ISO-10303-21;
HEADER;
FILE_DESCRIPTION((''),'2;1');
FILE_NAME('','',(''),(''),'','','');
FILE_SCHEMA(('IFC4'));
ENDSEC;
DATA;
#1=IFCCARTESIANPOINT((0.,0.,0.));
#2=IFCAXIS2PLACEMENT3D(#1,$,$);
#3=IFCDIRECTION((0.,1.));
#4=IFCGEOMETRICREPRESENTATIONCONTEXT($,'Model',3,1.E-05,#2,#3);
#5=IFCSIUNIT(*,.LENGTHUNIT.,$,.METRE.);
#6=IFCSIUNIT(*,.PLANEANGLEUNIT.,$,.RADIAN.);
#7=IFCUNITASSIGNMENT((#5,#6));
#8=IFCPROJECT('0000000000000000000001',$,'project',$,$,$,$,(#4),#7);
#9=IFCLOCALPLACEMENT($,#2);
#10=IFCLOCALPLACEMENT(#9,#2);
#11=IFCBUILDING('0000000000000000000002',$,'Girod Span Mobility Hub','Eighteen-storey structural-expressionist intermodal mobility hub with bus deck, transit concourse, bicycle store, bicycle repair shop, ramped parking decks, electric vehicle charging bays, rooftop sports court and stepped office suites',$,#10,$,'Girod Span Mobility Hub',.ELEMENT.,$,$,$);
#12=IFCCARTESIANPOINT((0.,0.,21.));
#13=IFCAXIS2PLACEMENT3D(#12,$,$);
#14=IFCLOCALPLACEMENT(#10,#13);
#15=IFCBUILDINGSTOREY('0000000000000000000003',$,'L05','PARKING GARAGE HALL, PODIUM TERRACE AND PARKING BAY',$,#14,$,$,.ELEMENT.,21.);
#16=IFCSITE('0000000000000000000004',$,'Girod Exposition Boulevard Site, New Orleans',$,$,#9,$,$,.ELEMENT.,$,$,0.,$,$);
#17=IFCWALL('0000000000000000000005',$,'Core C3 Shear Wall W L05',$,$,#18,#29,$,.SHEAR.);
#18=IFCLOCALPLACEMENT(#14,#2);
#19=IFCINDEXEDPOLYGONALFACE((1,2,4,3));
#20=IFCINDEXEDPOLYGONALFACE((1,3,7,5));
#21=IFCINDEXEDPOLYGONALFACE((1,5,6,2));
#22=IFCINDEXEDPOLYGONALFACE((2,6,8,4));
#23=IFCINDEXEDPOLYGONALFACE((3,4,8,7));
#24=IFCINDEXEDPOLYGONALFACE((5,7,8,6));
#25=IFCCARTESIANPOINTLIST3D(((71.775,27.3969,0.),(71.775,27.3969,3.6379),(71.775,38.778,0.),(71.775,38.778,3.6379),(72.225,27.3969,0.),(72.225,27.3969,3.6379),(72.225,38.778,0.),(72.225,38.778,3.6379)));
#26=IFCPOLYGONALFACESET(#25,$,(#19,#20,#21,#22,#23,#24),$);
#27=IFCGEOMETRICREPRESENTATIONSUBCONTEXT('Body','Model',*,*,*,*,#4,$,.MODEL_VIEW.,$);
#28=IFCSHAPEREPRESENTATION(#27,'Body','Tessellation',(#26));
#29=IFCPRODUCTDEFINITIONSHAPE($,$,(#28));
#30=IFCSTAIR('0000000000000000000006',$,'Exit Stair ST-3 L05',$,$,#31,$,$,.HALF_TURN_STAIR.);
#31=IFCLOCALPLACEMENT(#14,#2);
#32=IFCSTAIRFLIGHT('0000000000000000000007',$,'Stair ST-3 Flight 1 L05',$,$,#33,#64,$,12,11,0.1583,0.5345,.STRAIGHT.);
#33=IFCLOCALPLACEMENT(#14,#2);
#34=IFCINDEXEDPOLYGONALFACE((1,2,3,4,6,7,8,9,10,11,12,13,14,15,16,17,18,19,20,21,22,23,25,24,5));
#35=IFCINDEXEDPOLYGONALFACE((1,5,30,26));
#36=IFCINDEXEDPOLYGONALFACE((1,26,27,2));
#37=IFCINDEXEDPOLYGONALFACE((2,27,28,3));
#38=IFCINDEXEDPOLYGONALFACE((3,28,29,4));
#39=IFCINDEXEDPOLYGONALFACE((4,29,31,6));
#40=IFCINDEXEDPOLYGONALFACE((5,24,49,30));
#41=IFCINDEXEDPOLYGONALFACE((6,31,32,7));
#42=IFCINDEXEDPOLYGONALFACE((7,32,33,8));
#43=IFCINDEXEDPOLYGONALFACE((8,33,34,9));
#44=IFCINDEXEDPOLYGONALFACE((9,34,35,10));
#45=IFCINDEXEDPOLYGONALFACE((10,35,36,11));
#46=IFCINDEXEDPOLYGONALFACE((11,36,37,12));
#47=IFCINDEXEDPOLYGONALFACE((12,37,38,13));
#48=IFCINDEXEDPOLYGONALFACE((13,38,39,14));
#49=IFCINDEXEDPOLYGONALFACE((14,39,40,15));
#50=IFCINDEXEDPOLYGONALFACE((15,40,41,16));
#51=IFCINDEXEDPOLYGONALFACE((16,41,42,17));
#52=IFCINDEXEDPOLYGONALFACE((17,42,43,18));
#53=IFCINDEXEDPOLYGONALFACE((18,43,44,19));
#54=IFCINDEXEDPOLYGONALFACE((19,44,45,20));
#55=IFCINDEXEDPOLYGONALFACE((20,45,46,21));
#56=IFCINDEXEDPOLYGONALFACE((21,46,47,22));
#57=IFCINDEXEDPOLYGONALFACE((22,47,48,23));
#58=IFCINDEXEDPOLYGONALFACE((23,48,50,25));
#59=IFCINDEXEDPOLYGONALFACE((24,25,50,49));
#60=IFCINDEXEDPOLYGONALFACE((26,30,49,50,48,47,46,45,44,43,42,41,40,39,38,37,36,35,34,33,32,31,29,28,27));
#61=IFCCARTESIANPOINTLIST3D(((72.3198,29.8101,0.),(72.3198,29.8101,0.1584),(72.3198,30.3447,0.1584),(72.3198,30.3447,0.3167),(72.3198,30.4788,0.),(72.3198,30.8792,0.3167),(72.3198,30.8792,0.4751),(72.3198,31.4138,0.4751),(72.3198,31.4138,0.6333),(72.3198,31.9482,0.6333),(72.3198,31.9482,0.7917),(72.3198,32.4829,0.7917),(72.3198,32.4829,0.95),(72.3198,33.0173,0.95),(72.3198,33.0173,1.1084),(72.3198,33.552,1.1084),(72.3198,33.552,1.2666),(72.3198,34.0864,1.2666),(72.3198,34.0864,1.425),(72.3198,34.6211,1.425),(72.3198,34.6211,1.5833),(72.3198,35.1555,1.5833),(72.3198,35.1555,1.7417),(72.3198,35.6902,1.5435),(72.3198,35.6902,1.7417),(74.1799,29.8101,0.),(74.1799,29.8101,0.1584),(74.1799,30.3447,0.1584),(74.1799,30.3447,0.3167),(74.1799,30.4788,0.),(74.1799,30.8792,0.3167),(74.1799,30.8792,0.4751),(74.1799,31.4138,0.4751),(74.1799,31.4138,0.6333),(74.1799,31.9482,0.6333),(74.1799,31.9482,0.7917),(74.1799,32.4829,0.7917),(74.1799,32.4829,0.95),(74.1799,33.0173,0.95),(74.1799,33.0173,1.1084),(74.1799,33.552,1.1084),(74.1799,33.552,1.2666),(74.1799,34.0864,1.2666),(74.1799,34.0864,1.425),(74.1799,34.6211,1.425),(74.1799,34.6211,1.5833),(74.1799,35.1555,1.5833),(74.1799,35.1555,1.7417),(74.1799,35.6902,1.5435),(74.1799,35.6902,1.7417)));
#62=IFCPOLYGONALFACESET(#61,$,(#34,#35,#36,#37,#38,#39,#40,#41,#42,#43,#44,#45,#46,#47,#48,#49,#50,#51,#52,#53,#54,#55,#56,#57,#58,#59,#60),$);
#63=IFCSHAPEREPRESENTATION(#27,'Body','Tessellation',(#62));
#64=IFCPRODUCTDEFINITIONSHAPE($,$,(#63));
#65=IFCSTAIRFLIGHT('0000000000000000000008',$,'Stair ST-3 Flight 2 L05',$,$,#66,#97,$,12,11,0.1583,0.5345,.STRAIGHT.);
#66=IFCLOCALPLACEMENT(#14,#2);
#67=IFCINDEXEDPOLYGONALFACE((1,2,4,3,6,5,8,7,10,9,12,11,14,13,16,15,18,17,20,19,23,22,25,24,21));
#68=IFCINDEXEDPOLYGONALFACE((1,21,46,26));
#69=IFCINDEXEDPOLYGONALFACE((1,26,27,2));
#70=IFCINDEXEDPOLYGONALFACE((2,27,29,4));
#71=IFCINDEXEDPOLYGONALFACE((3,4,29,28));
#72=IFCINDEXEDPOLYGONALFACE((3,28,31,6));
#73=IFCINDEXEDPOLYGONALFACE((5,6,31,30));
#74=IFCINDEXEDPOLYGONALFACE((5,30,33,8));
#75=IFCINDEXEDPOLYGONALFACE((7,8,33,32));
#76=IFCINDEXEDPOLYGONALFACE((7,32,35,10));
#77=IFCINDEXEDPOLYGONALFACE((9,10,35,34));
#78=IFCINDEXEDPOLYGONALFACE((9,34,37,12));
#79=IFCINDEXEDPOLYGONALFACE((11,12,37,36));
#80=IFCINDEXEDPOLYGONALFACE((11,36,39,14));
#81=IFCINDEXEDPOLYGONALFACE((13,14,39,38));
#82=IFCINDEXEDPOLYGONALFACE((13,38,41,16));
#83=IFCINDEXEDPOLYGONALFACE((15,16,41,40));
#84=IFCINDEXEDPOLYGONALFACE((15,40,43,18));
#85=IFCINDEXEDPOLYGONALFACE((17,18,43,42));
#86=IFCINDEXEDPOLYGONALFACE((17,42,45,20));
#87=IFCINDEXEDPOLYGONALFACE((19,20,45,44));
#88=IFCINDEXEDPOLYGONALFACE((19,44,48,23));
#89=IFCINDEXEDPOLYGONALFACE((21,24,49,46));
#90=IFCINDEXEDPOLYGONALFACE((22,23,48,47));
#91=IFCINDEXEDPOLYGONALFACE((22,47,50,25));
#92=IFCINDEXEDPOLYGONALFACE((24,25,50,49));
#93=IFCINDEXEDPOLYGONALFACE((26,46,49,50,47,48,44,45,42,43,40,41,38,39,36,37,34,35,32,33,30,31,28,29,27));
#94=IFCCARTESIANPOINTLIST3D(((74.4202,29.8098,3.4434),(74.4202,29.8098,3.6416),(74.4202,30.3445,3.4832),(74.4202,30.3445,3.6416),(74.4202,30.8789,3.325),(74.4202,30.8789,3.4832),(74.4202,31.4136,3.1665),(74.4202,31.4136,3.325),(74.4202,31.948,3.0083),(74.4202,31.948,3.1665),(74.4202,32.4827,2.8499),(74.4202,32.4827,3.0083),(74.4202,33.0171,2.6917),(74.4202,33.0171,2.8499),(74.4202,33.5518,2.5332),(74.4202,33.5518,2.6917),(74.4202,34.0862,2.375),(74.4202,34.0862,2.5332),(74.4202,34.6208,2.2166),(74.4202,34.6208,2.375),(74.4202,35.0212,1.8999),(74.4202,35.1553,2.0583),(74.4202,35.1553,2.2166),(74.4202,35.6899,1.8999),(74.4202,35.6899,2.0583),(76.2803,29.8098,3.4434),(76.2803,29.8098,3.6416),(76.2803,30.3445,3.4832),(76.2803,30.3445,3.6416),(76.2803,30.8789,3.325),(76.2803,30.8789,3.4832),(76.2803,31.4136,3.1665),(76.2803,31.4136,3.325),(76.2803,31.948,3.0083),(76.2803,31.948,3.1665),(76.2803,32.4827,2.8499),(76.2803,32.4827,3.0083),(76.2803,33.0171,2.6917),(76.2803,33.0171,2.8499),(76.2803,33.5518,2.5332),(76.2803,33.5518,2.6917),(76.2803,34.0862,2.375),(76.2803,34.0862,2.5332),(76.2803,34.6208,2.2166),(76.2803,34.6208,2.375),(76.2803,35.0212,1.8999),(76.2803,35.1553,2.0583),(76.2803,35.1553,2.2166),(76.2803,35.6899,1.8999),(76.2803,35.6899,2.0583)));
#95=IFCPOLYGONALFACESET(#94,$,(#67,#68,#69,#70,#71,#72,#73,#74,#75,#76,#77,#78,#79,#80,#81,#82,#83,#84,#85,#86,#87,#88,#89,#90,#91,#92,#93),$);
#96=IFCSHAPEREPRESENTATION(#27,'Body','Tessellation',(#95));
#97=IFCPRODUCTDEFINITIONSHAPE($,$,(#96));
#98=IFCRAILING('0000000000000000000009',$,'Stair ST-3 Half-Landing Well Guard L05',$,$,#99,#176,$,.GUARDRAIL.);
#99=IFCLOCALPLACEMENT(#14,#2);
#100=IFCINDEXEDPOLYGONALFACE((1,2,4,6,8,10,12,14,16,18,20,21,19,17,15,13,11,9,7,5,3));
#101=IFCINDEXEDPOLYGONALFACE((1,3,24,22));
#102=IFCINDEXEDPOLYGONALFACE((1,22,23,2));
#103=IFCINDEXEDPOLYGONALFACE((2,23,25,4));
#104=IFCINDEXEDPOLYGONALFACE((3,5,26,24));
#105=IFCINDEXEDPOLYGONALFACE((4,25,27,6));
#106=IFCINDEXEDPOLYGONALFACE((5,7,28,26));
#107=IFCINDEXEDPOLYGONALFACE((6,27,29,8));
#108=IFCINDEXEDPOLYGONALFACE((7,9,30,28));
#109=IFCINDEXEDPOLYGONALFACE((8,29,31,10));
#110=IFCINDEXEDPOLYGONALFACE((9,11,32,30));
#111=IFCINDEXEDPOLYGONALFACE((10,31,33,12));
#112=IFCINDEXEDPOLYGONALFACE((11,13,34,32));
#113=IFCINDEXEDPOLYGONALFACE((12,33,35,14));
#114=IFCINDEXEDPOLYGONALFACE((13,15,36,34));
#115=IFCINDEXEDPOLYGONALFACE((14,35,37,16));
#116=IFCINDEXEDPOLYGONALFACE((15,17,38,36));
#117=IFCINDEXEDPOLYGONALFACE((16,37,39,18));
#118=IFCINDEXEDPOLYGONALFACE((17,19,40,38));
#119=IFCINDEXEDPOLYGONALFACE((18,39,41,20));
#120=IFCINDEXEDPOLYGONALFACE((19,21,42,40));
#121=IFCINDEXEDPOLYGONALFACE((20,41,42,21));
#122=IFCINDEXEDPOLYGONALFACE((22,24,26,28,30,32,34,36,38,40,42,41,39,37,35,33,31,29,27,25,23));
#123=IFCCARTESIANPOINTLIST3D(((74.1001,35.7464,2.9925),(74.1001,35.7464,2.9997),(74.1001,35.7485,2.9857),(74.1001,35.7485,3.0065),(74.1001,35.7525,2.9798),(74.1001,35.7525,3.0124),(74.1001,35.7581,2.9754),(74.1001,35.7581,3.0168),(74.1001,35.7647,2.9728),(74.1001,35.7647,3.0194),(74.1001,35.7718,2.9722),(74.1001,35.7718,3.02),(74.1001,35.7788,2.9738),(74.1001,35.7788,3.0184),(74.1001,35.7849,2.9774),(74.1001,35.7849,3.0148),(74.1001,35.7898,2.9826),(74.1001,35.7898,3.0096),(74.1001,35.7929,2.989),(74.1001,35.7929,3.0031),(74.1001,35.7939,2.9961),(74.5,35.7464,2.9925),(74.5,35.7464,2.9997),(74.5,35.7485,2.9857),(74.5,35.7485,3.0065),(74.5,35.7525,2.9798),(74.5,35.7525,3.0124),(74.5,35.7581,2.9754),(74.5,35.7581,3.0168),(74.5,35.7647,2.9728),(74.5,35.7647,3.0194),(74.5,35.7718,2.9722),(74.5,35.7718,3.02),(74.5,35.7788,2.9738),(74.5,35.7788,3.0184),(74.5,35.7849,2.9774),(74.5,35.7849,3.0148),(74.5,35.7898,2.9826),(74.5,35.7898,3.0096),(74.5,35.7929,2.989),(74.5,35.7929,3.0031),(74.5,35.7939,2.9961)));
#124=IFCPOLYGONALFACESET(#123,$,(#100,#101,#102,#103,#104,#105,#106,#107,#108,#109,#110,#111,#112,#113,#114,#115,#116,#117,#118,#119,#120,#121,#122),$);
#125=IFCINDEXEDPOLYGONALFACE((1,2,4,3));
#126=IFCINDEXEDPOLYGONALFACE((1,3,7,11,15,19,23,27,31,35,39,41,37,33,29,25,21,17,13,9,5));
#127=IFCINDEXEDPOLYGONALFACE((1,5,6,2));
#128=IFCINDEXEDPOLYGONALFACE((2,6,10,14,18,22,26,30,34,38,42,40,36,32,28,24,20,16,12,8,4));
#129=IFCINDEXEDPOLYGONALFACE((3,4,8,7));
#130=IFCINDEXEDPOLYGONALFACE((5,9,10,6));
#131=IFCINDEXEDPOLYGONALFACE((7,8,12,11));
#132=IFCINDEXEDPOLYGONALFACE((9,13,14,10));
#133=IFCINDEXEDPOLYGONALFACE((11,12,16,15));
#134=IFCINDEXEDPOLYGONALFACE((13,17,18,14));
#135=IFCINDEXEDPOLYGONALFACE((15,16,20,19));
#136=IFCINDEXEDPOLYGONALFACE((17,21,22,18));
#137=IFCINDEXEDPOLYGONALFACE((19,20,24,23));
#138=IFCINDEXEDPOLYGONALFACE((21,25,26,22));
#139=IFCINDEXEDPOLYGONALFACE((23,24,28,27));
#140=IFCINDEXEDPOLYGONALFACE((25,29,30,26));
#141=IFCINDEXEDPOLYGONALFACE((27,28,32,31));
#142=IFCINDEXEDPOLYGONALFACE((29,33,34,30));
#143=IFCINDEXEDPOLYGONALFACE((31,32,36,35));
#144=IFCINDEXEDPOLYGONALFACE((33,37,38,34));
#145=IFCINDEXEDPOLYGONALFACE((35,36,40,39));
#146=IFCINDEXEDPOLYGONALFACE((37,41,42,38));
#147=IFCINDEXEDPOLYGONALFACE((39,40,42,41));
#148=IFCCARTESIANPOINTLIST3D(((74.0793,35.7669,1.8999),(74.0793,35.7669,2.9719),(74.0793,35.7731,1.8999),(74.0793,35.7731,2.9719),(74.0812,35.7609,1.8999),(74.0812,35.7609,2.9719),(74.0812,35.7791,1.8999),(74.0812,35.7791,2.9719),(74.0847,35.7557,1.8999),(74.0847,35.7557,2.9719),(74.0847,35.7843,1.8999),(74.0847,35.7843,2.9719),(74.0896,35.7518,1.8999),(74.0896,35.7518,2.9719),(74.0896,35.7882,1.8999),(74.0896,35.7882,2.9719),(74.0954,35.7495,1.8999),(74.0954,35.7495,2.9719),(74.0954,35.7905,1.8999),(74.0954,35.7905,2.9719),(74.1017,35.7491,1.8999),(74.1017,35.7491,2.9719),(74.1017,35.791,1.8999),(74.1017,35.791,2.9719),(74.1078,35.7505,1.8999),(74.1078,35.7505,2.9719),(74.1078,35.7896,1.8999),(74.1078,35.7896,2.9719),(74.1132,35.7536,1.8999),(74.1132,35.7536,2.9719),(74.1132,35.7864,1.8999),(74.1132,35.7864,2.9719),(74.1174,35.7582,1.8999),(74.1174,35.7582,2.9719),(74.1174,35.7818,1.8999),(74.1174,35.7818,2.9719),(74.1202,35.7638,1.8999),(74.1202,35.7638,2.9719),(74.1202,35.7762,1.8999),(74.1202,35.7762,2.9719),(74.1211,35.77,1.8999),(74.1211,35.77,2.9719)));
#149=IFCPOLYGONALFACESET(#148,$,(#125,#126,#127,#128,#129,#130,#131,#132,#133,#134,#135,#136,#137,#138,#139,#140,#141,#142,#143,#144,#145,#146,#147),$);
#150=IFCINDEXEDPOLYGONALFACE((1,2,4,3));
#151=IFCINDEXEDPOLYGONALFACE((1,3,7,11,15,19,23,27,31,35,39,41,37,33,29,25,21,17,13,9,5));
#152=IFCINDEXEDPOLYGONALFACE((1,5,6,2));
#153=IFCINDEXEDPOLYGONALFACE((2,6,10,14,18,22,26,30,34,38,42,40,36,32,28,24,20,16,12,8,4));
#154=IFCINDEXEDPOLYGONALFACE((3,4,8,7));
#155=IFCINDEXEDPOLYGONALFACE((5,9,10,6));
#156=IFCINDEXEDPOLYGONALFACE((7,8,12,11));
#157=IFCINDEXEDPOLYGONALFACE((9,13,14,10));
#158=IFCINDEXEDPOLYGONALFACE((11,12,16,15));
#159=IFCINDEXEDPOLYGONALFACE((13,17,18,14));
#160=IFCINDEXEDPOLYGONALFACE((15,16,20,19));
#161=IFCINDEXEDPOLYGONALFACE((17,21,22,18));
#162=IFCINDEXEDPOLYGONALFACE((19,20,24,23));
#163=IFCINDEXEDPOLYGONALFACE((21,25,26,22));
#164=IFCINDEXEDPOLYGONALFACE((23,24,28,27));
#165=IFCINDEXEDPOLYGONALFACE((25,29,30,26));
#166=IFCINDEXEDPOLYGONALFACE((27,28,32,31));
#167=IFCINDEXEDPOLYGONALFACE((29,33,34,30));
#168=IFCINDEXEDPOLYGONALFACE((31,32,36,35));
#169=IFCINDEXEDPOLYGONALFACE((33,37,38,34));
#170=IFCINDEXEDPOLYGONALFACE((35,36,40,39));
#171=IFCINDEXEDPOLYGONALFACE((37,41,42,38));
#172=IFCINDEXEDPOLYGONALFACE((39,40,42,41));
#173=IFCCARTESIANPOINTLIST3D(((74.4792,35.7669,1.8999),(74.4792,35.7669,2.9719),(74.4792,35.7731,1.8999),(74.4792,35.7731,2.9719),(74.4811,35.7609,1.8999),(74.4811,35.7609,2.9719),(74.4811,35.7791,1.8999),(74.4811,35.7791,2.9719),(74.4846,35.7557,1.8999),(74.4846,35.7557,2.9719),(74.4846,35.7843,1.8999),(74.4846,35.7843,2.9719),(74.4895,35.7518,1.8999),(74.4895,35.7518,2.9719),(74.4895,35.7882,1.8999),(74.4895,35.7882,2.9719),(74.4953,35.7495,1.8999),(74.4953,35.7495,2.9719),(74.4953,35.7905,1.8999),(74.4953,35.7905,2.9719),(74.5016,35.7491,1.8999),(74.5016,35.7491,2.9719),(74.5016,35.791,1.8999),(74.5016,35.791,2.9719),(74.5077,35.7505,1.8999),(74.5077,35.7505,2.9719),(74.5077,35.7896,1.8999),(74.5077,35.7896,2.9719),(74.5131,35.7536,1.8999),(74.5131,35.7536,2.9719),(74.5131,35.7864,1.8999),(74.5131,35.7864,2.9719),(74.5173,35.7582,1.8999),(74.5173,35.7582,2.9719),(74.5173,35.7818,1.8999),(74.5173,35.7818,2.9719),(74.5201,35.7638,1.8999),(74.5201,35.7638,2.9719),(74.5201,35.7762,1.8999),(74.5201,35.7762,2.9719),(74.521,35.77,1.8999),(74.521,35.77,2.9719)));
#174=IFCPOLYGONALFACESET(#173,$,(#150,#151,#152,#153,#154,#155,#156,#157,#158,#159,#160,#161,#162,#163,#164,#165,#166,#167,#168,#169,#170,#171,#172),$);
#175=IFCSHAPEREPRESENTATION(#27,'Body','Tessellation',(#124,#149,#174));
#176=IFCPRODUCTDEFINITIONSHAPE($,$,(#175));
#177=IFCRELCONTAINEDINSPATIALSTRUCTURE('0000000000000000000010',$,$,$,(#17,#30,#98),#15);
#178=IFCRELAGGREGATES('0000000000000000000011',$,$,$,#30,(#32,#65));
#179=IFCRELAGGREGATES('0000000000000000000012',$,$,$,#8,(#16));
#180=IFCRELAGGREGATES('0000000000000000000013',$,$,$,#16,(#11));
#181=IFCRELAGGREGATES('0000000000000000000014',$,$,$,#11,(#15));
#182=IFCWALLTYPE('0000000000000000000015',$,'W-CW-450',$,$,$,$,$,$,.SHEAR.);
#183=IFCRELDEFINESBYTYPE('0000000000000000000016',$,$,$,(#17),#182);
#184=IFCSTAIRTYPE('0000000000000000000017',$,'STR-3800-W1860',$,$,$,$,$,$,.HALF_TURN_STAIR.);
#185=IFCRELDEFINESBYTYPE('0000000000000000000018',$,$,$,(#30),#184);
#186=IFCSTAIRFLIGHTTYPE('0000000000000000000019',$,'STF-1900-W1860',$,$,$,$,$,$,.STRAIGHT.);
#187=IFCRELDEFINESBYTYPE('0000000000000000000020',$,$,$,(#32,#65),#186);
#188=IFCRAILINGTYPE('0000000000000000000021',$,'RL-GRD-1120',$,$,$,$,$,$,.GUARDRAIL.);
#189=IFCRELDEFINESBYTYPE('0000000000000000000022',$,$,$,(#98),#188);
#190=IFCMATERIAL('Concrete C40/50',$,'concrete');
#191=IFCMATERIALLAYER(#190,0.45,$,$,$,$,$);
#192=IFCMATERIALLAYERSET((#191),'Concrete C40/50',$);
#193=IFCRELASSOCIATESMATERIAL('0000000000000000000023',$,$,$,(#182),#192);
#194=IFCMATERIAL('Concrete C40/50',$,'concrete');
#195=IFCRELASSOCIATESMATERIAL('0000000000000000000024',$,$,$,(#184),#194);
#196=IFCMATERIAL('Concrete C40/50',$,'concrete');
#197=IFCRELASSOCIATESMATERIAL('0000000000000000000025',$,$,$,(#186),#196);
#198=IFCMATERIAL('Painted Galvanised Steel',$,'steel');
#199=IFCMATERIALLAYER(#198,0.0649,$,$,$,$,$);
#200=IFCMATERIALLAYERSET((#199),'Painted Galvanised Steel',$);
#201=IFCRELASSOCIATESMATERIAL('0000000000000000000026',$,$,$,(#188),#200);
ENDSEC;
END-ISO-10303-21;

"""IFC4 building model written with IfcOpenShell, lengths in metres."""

from ifc_helpers import new_model, si_unit, direction, frame, frame_2d, origin, origin_2d, place, context, subcontext, project, spatial, polyline, rectangle, circle, outline, extrude, material, layer, layer_set, type_object, element, aggregate, save


model = new_model("IFC4")

# Units and contexts
model_context = context("Model", 3, precision=1e-05, world=origin(), true_north=direction((0.0, 1.0)))
body_context = subcontext(model_context, "Body", "Model", "MODEL_VIEW")
ifc_project = project(units=[si_unit("LENGTHUNIT", "METRE"), si_unit("PLANEANGLEUNIT", "RADIAN")], contexts=[model_context])

# Site, building, storey
site_placement = place(None, origin())
site = spatial("IfcSite", under=ifc_project, at=site_placement, Name="Girod Exposition Boulevard Site, New Orleans", CompositionType="ELEMENT", RefElevation=0.0)
building_placement = place(site_placement, origin())
building = spatial("IfcBuilding", under=site, at=building_placement, Name="Girod Span Mobility Hub", Description="Eighteen-storey structural-expressionist intermodal mobility hub with bus deck, transit concourse, bicycle store, bicycle repair shop, ramped parking decks, electric vehicle charging bays, rooftop sports court and stepped office suites", LongName="Girod Span Mobility Hub", CompositionType="ELEMENT")
storey_placement = place(building_placement, frame((0.0, 0.0, 21.0)))
storey = spatial("IfcBuildingStorey", under=building, at=storey_placement, Name="L05", Description="PARKING GARAGE HALL, PODIUM TERRACE AND PARKING BAY", CompositionType="ELEMENT", Elevation=21.0)

# Shared definitions
ifc_material_1 = material(Name="Concrete C40/50", Category="concrete")
ifc_layer_1 = layer(ifc_material_1, 0.45)
ifc_layer_set_1 = layer_set([ifc_layer_1], Name="Concrete C40/50")
wall_type = type_object("IfcWallType", Name="W-CW-450", PredefinedType="SHEAR", material=ifc_layer_set_1)

# Wall
wall_1_placement = place(storey_placement, frame((72.0, 27.397, 0.0), z_axis=(0.0, 0.0, 1.0), x_axis=(0.0, 1.0, 0.0)))
element("IfcWall", 1, at=wall_1_placement, inside=storey, type_object=wall_type, Name="Core C3 Shear Wall W L05", PredefinedType="SHEAR", context=body_context, shape_type="SweptSolid", body=[
    extrude(rectangle(XDim=11.3811, YDim=0.45, at=frame_2d((5.6904, 0.0))), origin(), (0.0, 0.0, 1.0), 3.6379),
])

# Stair, stair flights
ifc_material_2 = material(Name="Concrete C40/50", Category="concrete")
stair_type = type_object("IfcStairType", Name="STR-3800-W1860", PredefinedType="HALF_TURN_STAIR", material=ifc_material_2)
stair_placement = place(storey_placement, origin())
stair = element("IfcStair", 2, at=stair_placement, inside=storey, type_object=stair_type, Name="Exit Stair ST-3 L05", PredefinedType="HALF_TURN_STAIR")
ifc_material_3 = material(Name="Concrete C40/50", Category="concrete")
stair_flight_type = type_object("IfcStairFlightType", Name="STF-1900-W1860", PredefinedType="STRAIGHT", material=ifc_material_3)
stair_flight_1_placement = place(storey_placement, frame((73.25, 29.8101, 0.0), z_axis=(0.0, 0.0, 1.0), x_axis=(0.0, 1.0, 0.0)))
stair_flight_1 = element("IfcStairFlight", 3, at=stair_flight_1_placement, type_object=stair_flight_type, Name="Stair ST-3 Flight 1 L05", NumberOfRisers=12, NumberOfTreads=11, PredefinedType="STRAIGHT", RiserHeight=0.1583, TreadLength=0.5345, context=body_context, shape_type="SweptSolid", body=[
    extrude(outline(polyline([(0.0, 0.0), (0.0, 0.1584), (0.5347, 0.1584), (0.5347, 0.3167), (1.0691, 0.3167), (1.0691, 0.4751), (1.6038, 0.4751), (1.6038, 0.6333), (2.1382, 0.6333), (2.1382, 0.7917), (2.6729, 0.7917), (2.6729, 0.95), (3.2073, 0.95), (3.2073, 1.1084), (3.7419, 1.1084), (3.7419, 1.2666), (4.2764, 1.2666), (4.2764, 1.425), (4.811, 1.425), (4.811, 1.5833), (5.3455, 1.5833), (5.3455, 1.7417), (5.8801, 1.7417), (5.8801, 1.8999), (5.8801, 1.5435), (0.6687, 0.0), (0.0, 0.0)])), frame((0.0, 0.9302, 0.0), z_axis=(0.0, -1.0, 0.0), x_axis=(1.0, 0.0, 0.0)), (0.0, 0.0, 1.0), 1.8601),
])
stair_flight_2_placement = place(storey_placement, frame((75.3501, 35.6899, 1.8999), z_axis=(0.0, 0.0, 1.0), x_axis=(0.0, -1.0, 0.0)))
stair_flight_2 = element("IfcStairFlight", 4, at=stair_flight_2_placement, type_object=stair_flight_type, Name="Stair ST-3 Flight 2 L05", NumberOfRisers=12, NumberOfTreads=11, PredefinedType="STRAIGHT", RiserHeight=0.1583, TreadLength=0.5345, context=body_context, shape_type="SweptSolid", body=[
    extrude(outline(polyline([(0.0, 0.0), (0.0, 0.1584), (0.5347, 0.1584), (0.5347, 0.3167), (1.0691, 0.3167), (1.0691, 0.4751), (1.6038, 0.4751), (1.6038, 0.6333), (2.1382, 0.6333), (2.1382, 0.7917), (2.6729, 0.7917), (2.6729, 0.95), (3.2073, 0.95), (3.2073, 1.1084), (3.7419, 1.1084), (3.7419, 1.2666), (4.2764, 1.2666), (4.2764, 1.425), (4.811, 1.425), (4.811, 1.5833), (5.3455, 1.5833), (5.3455, 1.7417), (5.8801, 1.7417), (5.8801, 1.8999), (5.8801, 1.5435), (0.6687, 0.0), (0.0, 0.0)])), frame((0.0, 0.9302, 0.0), z_axis=(0.0, -1.0, 0.0), x_axis=(1.0, 0.0, 0.0)), (0.0, 0.0, 1.0), 1.8601),
])
aggregate(stair, [stair_flight_1, stair_flight_2])

# Railing
ifc_material_4 = material(Name="Painted Galvanised Steel", Category="steel")
ifc_layer_2 = layer(ifc_material_4, 0.0649)
ifc_layer_set_2 = layer_set([ifc_layer_2], Name="Painted Galvanised Steel")
railing_type_1 = type_object("IfcRailingType", Name="RL-GRD-1120", PredefinedType="GUARDRAIL", material=ifc_layer_set_2)
for number, where, name in (
    (5, (74.1001, 35.77, 1.8999), "Stair ST-3 Half-Landing Well Guard L05"),
):
    element("IfcRailing", number, at=place(storey_placement, frame(where)), inside=storey, type_object=railing_type_1, Name=name, PredefinedType="GUARDRAIL", context=body_context, shape_type="SweptSolid", body=[
        extrude(circle(Radius=0.0239, at=origin_2d()), frame((0.0, 0.0, 1.0962), z_axis=(1.0, 0.0, 0.0), x_axis=(0.0, 1.0, 0.0)), (0.0, 0.0, 1.0), 0.3999),
        extrude(circle(Radius=0.021, at=origin_2d()), origin(), (0.0, 0.0, 1.0), 1.072),
        extrude(circle(Radius=0.021, at=origin_2d()), frame((0.3999, 0.0, 0.0)), (0.0, 0.0, 1.0), 1.072),
    ])

save(model, "model.ifc")
